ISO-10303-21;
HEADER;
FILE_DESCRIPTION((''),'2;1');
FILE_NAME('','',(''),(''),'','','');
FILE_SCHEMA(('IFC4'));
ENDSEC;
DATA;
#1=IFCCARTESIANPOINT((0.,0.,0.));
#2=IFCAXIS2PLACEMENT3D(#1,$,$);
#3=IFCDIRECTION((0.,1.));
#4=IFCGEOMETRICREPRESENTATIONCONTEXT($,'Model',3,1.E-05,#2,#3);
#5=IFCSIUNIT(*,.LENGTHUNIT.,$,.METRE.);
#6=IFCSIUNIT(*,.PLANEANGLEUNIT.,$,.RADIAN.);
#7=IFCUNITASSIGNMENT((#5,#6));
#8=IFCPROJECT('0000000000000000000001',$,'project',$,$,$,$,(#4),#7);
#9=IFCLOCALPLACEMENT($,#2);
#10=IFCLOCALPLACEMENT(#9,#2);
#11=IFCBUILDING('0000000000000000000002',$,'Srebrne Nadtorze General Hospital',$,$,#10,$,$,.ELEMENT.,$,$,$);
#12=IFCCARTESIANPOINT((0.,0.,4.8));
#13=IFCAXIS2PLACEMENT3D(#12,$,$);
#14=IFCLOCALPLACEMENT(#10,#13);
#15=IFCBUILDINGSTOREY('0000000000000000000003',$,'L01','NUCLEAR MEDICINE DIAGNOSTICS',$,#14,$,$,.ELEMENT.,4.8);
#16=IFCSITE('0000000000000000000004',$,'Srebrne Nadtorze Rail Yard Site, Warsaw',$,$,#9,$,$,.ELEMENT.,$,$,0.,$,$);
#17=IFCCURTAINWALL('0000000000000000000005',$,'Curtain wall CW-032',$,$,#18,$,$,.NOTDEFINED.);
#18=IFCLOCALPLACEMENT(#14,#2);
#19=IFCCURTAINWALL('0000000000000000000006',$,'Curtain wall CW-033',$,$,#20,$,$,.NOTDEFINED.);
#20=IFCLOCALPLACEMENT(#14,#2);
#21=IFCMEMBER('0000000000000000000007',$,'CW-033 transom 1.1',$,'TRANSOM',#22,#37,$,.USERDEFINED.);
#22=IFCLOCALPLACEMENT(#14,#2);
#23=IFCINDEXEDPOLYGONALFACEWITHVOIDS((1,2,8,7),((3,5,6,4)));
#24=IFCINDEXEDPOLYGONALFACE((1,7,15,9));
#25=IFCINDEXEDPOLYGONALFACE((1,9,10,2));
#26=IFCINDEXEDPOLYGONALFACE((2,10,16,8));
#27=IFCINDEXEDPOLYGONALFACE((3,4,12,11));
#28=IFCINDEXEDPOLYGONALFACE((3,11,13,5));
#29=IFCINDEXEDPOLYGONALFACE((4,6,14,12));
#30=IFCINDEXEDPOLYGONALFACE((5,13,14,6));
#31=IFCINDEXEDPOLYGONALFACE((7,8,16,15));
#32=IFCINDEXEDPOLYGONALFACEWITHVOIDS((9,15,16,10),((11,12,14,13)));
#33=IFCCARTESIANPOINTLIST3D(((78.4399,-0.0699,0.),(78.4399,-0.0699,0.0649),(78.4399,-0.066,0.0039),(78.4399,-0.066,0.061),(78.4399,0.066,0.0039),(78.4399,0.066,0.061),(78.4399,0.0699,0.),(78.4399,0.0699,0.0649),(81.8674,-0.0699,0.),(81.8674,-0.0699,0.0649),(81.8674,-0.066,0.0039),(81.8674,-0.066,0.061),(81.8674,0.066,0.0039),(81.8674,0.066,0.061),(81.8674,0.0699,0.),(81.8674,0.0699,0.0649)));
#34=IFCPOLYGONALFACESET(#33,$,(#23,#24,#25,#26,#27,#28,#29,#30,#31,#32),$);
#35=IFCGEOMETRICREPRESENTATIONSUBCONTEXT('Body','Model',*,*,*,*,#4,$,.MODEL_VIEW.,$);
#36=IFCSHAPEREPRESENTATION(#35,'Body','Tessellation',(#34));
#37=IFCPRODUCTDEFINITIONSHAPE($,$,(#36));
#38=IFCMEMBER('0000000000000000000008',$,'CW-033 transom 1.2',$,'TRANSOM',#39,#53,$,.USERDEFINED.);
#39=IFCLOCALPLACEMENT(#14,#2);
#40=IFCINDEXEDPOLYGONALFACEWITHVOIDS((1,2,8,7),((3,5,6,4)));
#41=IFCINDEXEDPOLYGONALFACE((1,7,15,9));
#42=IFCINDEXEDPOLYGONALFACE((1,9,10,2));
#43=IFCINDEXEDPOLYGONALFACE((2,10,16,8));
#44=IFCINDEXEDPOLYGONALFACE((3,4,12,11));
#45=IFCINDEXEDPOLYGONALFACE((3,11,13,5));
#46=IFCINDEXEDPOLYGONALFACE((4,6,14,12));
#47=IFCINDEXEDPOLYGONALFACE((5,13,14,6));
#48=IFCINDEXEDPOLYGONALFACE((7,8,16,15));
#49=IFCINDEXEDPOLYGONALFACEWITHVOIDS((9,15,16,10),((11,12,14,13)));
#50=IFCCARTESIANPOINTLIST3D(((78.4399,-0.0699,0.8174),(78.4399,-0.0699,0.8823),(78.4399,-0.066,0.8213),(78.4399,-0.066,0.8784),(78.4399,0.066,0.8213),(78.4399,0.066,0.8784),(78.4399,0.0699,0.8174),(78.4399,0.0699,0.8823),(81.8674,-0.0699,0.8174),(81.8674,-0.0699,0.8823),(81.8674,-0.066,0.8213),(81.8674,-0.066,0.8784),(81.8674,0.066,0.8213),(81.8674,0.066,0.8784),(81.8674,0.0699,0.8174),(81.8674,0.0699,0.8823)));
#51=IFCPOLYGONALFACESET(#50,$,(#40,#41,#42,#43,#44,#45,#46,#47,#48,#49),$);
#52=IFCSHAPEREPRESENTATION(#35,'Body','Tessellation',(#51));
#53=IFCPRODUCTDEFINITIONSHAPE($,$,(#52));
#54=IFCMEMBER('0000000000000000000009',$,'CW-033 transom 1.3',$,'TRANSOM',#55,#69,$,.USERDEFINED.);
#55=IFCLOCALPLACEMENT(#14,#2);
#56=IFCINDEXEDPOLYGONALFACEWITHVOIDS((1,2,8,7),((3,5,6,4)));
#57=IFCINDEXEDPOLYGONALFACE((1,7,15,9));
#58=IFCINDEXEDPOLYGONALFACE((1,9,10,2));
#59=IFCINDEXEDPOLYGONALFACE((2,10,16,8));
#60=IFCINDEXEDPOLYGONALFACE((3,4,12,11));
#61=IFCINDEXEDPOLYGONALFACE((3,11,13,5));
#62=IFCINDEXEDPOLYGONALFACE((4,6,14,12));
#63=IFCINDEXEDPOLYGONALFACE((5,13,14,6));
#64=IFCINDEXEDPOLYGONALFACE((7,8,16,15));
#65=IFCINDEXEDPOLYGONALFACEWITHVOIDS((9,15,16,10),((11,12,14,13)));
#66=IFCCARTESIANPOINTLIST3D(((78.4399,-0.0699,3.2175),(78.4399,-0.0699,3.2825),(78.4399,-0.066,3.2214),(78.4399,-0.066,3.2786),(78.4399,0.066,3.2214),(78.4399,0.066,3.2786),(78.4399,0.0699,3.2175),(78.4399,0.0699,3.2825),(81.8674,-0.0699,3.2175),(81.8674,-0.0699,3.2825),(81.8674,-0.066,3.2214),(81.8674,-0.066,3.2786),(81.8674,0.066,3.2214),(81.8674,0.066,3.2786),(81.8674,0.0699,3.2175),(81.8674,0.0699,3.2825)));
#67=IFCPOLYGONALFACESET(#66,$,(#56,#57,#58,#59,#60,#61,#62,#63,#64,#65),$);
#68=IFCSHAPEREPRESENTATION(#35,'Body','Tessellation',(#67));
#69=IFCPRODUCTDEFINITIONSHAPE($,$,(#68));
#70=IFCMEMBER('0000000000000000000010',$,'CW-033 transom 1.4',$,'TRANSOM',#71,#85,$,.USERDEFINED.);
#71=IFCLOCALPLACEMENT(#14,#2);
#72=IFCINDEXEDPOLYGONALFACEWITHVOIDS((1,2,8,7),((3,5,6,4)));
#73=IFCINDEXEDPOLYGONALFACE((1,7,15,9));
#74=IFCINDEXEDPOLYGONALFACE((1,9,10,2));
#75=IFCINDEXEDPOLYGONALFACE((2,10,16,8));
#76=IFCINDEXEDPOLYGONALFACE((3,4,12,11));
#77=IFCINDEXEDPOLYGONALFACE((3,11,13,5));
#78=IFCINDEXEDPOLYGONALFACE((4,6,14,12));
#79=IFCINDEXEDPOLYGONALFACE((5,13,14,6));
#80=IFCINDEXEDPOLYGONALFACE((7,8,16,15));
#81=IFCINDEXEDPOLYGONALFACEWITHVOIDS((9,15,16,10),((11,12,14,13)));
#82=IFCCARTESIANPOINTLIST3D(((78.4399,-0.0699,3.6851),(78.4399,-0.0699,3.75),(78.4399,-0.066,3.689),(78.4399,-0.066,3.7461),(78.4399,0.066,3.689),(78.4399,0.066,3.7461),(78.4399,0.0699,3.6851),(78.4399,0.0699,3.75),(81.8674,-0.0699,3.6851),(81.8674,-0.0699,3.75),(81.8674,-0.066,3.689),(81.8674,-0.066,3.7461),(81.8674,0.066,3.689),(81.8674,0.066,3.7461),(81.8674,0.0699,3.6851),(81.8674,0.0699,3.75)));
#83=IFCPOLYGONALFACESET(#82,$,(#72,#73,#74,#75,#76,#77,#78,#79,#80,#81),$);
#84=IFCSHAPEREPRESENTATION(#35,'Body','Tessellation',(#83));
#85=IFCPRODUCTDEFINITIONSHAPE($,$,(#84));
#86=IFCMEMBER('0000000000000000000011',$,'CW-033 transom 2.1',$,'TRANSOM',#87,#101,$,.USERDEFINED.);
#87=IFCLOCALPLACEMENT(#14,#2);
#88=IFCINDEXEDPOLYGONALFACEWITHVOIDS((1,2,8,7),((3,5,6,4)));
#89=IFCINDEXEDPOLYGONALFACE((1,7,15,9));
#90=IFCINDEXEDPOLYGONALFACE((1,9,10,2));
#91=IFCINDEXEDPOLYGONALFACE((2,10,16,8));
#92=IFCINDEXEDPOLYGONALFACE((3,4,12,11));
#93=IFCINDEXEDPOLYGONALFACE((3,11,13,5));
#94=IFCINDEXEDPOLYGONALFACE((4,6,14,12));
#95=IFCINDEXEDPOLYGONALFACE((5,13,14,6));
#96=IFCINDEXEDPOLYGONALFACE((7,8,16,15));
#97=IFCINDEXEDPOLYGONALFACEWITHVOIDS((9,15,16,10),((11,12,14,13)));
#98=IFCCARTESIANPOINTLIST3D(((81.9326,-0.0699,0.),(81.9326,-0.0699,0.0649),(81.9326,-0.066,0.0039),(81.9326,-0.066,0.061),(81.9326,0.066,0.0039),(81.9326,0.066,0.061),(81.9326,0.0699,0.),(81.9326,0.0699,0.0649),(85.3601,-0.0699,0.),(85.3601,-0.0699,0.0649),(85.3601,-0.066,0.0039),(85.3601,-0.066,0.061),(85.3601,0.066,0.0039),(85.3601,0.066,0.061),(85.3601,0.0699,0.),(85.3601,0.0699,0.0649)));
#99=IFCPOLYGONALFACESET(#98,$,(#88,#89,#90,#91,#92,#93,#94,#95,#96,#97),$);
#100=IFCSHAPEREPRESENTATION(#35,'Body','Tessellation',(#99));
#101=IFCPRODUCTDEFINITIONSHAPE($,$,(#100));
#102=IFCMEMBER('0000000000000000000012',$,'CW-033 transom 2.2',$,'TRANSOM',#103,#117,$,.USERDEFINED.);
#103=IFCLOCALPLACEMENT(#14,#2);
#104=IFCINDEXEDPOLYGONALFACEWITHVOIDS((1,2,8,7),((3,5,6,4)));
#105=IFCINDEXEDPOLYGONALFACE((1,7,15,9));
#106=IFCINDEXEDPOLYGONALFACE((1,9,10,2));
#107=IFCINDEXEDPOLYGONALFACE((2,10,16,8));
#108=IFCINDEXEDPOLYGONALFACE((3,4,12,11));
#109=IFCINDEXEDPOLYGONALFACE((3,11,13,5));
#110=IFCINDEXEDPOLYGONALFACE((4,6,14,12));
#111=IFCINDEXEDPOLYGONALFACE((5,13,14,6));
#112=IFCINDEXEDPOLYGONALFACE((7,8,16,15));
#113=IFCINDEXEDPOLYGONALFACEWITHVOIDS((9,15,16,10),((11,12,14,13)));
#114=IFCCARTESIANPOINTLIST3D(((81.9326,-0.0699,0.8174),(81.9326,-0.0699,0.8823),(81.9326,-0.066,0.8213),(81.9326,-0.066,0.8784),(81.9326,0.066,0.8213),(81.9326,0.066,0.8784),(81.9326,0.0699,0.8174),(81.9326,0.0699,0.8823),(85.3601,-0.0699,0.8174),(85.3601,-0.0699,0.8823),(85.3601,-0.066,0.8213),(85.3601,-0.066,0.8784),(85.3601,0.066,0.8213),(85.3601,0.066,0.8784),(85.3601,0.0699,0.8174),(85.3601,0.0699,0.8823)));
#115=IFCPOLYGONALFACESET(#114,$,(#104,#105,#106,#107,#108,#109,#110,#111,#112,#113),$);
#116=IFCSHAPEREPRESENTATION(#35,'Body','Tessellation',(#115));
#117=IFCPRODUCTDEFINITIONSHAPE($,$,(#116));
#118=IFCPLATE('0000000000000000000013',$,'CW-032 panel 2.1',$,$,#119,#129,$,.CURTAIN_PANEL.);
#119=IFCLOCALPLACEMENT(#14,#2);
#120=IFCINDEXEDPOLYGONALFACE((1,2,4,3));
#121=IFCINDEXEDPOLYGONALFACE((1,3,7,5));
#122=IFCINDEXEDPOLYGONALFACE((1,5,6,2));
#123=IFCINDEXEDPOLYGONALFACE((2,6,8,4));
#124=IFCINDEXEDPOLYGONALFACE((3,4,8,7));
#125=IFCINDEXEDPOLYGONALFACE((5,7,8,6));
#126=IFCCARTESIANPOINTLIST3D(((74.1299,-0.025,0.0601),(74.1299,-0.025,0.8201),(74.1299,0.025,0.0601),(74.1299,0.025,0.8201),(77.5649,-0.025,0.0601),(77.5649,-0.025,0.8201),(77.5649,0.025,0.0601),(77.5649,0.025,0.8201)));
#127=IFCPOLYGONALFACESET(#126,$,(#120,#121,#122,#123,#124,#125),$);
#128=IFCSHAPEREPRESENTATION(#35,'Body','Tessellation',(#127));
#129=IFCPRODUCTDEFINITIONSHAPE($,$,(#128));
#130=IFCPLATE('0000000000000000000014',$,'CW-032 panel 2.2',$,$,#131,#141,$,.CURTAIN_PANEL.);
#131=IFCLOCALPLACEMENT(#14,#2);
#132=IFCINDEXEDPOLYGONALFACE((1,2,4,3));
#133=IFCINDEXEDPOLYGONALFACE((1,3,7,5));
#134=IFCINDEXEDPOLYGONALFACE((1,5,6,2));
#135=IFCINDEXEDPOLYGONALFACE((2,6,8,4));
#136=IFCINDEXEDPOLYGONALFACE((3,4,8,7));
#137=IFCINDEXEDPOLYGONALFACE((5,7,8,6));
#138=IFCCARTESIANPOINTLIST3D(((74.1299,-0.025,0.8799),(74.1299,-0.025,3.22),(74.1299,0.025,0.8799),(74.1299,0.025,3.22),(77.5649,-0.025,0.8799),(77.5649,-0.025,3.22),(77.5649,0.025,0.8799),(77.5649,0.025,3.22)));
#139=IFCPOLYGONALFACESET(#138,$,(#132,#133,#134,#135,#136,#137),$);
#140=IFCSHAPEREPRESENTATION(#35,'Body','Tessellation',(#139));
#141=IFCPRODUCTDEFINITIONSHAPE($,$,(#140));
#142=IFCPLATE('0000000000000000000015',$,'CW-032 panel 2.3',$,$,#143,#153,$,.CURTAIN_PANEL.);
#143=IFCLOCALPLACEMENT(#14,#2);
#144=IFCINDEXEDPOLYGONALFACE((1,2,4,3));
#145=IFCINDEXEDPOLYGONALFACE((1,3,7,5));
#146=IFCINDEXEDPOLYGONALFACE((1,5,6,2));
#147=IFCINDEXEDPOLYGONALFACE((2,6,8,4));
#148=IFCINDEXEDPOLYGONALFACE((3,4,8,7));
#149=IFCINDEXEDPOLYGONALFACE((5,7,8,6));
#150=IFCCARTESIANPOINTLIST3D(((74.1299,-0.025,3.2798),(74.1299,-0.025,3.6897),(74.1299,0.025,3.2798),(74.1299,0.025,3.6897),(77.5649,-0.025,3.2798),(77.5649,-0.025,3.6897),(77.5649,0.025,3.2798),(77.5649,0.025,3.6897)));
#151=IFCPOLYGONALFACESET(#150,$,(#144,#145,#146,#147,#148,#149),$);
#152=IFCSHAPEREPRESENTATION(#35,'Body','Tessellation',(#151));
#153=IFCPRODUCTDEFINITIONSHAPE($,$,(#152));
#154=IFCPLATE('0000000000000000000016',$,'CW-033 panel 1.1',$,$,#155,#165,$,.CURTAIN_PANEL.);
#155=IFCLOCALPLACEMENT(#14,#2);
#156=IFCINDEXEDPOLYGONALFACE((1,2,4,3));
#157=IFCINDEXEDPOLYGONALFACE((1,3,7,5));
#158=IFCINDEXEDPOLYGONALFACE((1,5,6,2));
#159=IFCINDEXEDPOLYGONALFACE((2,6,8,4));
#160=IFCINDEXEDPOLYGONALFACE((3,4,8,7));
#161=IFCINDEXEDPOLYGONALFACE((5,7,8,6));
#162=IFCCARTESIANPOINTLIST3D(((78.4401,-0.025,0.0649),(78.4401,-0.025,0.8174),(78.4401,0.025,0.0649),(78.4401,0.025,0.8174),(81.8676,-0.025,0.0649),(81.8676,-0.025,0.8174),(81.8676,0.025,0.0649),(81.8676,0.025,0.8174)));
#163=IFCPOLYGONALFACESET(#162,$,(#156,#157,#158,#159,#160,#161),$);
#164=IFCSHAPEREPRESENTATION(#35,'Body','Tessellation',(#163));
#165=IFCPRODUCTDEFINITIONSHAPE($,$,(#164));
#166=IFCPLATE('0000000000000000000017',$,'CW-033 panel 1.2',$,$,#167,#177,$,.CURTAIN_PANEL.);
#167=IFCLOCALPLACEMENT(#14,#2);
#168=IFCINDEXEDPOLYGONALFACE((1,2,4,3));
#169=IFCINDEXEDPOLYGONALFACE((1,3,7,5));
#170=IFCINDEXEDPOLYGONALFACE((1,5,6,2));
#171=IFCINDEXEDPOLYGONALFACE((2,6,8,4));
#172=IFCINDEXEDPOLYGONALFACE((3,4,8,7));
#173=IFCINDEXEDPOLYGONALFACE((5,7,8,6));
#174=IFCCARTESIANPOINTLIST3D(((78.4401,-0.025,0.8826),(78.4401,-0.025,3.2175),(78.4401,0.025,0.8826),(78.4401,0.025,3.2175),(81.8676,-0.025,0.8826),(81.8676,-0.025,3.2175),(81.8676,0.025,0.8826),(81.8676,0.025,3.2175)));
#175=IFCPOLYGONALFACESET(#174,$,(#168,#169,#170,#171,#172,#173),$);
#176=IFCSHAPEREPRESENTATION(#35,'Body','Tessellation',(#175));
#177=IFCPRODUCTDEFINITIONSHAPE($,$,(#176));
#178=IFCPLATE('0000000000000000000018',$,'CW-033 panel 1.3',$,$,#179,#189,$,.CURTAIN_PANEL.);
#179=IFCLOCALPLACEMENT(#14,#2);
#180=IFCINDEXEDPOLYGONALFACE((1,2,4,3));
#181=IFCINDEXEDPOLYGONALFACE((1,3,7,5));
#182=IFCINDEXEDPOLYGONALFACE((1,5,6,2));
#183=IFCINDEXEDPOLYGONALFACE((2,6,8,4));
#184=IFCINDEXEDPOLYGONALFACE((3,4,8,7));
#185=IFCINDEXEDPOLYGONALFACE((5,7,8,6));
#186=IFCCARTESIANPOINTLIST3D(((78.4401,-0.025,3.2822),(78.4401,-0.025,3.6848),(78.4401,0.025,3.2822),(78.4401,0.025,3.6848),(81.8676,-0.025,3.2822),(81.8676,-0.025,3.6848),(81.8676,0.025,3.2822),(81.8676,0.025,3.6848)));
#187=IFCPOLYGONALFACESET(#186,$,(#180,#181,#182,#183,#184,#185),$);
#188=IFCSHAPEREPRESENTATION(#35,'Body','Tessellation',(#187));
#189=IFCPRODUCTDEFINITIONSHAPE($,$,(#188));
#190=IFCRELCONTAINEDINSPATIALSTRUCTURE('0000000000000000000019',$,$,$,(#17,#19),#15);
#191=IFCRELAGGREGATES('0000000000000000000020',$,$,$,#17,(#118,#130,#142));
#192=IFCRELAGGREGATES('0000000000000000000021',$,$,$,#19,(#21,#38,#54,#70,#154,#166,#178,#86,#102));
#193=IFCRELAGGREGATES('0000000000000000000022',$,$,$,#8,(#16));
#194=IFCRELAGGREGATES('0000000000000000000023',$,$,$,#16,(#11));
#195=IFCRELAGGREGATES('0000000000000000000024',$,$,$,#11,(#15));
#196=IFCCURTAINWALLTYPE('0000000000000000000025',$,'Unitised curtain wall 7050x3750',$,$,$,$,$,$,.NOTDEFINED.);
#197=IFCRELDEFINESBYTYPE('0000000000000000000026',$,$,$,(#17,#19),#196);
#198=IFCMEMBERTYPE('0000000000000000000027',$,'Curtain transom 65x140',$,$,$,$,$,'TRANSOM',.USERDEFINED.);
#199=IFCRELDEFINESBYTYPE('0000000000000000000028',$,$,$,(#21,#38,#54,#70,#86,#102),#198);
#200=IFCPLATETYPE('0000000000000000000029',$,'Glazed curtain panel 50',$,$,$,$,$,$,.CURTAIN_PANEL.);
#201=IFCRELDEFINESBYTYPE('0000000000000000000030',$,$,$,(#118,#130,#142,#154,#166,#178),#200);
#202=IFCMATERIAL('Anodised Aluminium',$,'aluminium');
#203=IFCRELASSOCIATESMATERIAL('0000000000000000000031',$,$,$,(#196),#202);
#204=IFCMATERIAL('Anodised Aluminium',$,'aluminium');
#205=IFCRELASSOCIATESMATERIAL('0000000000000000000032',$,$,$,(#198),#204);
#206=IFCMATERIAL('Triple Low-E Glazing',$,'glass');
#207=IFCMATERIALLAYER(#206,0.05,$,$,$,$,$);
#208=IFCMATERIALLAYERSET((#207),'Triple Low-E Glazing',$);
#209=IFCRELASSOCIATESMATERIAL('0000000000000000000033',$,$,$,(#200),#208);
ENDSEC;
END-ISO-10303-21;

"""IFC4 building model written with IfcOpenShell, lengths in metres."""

from ifc_helpers import new_model, si_unit, direction, frame, origin, origin_2d, place, context, subcontext, project, spatial, rectangle, hollow_rectangle, extrude, material, layer, layer_set, material_profile, profile_set, type_object, element, aggregate, save


model = new_model("IFC4")

# Units and contexts
model_context = context("Model", 3, precision=1e-05, world=origin(), true_north=direction((0.0, 1.0)))
body_context = subcontext(model_context, "Body", "Model", "MODEL_VIEW")
ifc_project = project(units=[si_unit("LENGTHUNIT", "METRE"), si_unit("PLANEANGLEUNIT", "RADIAN")], contexts=[model_context])

# Site, building, storey
site_placement = place(None, origin())
site = spatial("IfcSite", under=ifc_project, at=site_placement, Name="Srebrne Nadtorze Rail Yard Site, Warsaw", CompositionType="ELEMENT", RefElevation=0.0)
building_placement = place(site_placement, origin())
building = spatial("IfcBuilding", under=site, at=building_placement, Name="Srebrne Nadtorze General Hospital", CompositionType="ELEMENT")
storey_placement = place(building_placement, frame((0.0, 0.0, 4.8)))
storey = spatial("IfcBuildingStorey", under=building, at=storey_placement, Name="L01", Description="NUCLEAR MEDICINE DIAGNOSTICS", CompositionType="ELEMENT", Elevation=4.8)

# Curtain wall
ifc_material_1 = material(Name="Anodised Aluminium", Category="aluminium")
curtain_wall_type = type_object("IfcCurtainWallType", Name="Unitised curtain wall 7050x3750", PredefinedType="NOTDEFINED", material=ifc_material_1)
curtain_wall_1_placement = place(storey_placement, origin())
curtain_wall_1 = element("IfcCurtainWall", 1, at=curtain_wall_1_placement, inside=storey, type_object=curtain_wall_type, Name="Curtain wall CW-032", PredefinedType="NOTDEFINED")

# Curtain wall
curtain_wall_2_placement = place(storey_placement, origin())
curtain_wall_2 = element("IfcCurtainWall", 2, at=curtain_wall_2_placement, inside=storey, type_object=curtain_wall_type, Name="Curtain wall CW-033", PredefinedType="NOTDEFINED")

# Members
ifc_material_2 = material(Name="Anodised Aluminium", Category="aluminium")
ifc_material_profile_1 = material_profile(ifc_material_2, hollow_rectangle(XDim=0.0649, YDim=0.1399, WallThickness=0.0039, at=origin_2d()), Name="AL-TRN-65x140")
ifc_profile_set_1 = profile_set([ifc_material_profile_1], Name="Anodised Aluminium")
member_type_1 = type_object("IfcMemberType", Name="Curtain transom 65x140", ElementType="TRANSOM", PredefinedType="USERDEFINED", material=ifc_profile_set_1)
member_1_placement = place(storey_placement, frame((78.4399, 0.0, 0.0325), z_axis=(1.0, 0.0, 0.0), x_axis=(0.0, 0.0, 1.0)))
member_1 = element("IfcMember", 3, at=member_1_placement, type_object=member_type_1, Name="CW-033 transom 1.1", ObjectType="TRANSOM", PredefinedType="USERDEFINED", context=body_context, shape_type="SweptSolid", body=[
    extrude(hollow_rectangle(XDim=0.0649, YDim=0.1399, WallThickness=0.0039, at=origin_2d()), origin(), (0.0, 0.0, 1.0), 3.4275),
])
member_2_placement = place(storey_placement, frame((78.4399, 0.0, 0.8499), z_axis=(1.0, 0.0, 0.0), x_axis=(0.0, 0.0, 1.0)))
member_2 = element("IfcMember", 4, at=member_2_placement, type_object=member_type_1, Name="CW-033 transom 1.2", ObjectType="TRANSOM", PredefinedType="USERDEFINED", context=body_context, shape_type="SweptSolid", body=[
    extrude(hollow_rectangle(XDim=0.0649, YDim=0.1399, WallThickness=0.0039, at=origin_2d()), origin(), (0.0, 0.0, 1.0), 3.4275),
])
member_3_placement = place(storey_placement, frame((78.4399, 0.0, 3.25), z_axis=(1.0, 0.0, 0.0), x_axis=(0.0, 0.0, 1.0)))
member_3 = element("IfcMember", 5, at=member_3_placement, type_object=member_type_1, Name="CW-033 transom 1.3", ObjectType="TRANSOM", PredefinedType="USERDEFINED", context=body_context, shape_type="SweptSolid", body=[
    extrude(hollow_rectangle(XDim=0.0649, YDim=0.1399, WallThickness=0.0039, at=origin_2d()), origin(), (0.0, 0.0, 1.0), 3.4275),
])
member_4_placement = place(storey_placement, frame((78.4399, 0.0, 3.7175), z_axis=(1.0, 0.0, 0.0), x_axis=(0.0, 0.0, 1.0)))
member_4 = element("IfcMember", 6, at=member_4_placement, type_object=member_type_1, Name="CW-033 transom 1.4", ObjectType="TRANSOM", PredefinedType="USERDEFINED", context=body_context, shape_type="SweptSolid", body=[
    extrude(hollow_rectangle(XDim=0.0649, YDim=0.1399, WallThickness=0.0039, at=origin_2d()), origin(), (0.0, 0.0, 1.0), 3.4275),
])
member_5_placement = place(storey_placement, frame((81.9326, 0.0, 0.0325), z_axis=(1.0, 0.0, 0.0), x_axis=(0.0, 0.0, 1.0)))
member_5 = element("IfcMember", 7, at=member_5_placement, type_object=member_type_1, Name="CW-033 transom 2.1", ObjectType="TRANSOM", PredefinedType="USERDEFINED", context=body_context, shape_type="SweptSolid", body=[
    extrude(hollow_rectangle(XDim=0.0649, YDim=0.1399, WallThickness=0.0039, at=origin_2d()), origin(), (0.0, 0.0, 1.0), 3.4275),
])
member_6_placement = place(storey_placement, frame((81.9326, 0.0, 0.8499), z_axis=(1.0, 0.0, 0.0), x_axis=(0.0, 0.0, 1.0)))
member_6 = element("IfcMember", 8, at=member_6_placement, type_object=member_type_1, Name="CW-033 transom 2.2", ObjectType="TRANSOM", PredefinedType="USERDEFINED", context=body_context, shape_type="SweptSolid", body=[
    extrude(hollow_rectangle(XDim=0.0649, YDim=0.1399, WallThickness=0.0039, at=origin_2d()), origin(), (0.0, 0.0, 1.0), 3.4275),
])

# Plates
ifc_material_3 = material(Name="Triple Low-E Glazing", Category="glass")
ifc_layer_1 = layer(ifc_material_3, 0.05)
ifc_layer_set_1 = layer_set([ifc_layer_1], Name="Triple Low-E Glazing")
plate_type = type_object("IfcPlateType", Name="Glazed curtain panel 50", PredefinedType="CURTAIN_PANEL", material=ifc_layer_set_1)
plate_1_placement = place(storey_placement, frame((75.8474, 0.0, 0.0601), z_axis=(0.0, 0.0, 1.0), x_axis=(1.0, 0.0, 0.0)))
plate_1 = element("IfcPlate", 9, at=plate_1_placement, type_object=plate_type, Name="CW-032 panel 2.1", PredefinedType="CURTAIN_PANEL", context=body_context, shape_type="SweptSolid", body=[
    extrude(rectangle(XDim=3.4351, YDim=0.05, at=origin_2d()), origin(), (0.0, 0.0, 1.0), 0.76),
])
plate_2_placement = place(storey_placement, frame((75.8474, 0.0, 0.8799), z_axis=(0.0, 0.0, 1.0), x_axis=(1.0, 0.0, 0.0)))
plate_2 = element("IfcPlate", 10, at=plate_2_placement, type_object=plate_type, Name="CW-032 panel 2.2", PredefinedType="CURTAIN_PANEL", context=body_context, shape_type="SweptSolid", body=[
    extrude(rectangle(XDim=3.4351, YDim=0.05, at=origin_2d()), origin(), (0.0, 0.0, 1.0), 2.3401),
])
plate_3_placement = place(storey_placement, frame((75.8474, 0.0, 3.2798), z_axis=(0.0, 0.0, 1.0), x_axis=(1.0, 0.0, 0.0)))
plate_3 = element("IfcPlate", 11, at=plate_3_placement, type_object=plate_type, Name="CW-032 panel 2.3", PredefinedType="CURTAIN_PANEL", context=body_context, shape_type="SweptSolid", body=[
    extrude(rectangle(XDim=3.4351, YDim=0.05, at=origin_2d()), origin(), (0.0, 0.0, 1.0), 0.4099),
])
aggregate(curtain_wall_1, [plate_1, plate_2, plate_3])
plate_4_placement = place(storey_placement, frame((80.1538, 0.0, 0.0649), z_axis=(0.0, 0.0, 1.0), x_axis=(1.0, 0.0, 0.0)))
plate_4 = element("IfcPlate", 12, at=plate_4_placement, type_object=plate_type, Name="CW-033 panel 1.1", PredefinedType="CURTAIN_PANEL", context=body_context, shape_type="SweptSolid", body=[
    extrude(rectangle(XDim=3.4275, YDim=0.05, at=origin_2d()), origin(), (0.0, 0.0, 1.0), 0.7524),
])
plate_5_placement = place(storey_placement, frame((80.1538, 0.0, 0.8826), z_axis=(0.0, 0.0, 1.0), x_axis=(1.0, 0.0, 0.0)))
plate_5 = element("IfcPlate", 13, at=plate_5_placement, type_object=plate_type, Name="CW-033 panel 1.2", PredefinedType="CURTAIN_PANEL", context=body_context, shape_type="SweptSolid", body=[
    extrude(rectangle(XDim=3.4275, YDim=0.05, at=origin_2d()), origin(), (0.0, 0.0, 1.0), 2.335),
])
plate_6_placement = place(storey_placement, frame((80.1538, 0.0, 3.2822), z_axis=(0.0, 0.0, 1.0), x_axis=(1.0, 0.0, 0.0)))
plate_6 = element("IfcPlate", 14, at=plate_6_placement, type_object=plate_type, Name="CW-033 panel 1.3", PredefinedType="CURTAIN_PANEL", context=body_context, shape_type="SweptSolid", body=[
    extrude(rectangle(XDim=3.4275, YDim=0.05, at=origin_2d()), origin(), (0.0, 0.0, 1.0), 0.4026),
])
aggregate(curtain_wall_2, [member_1, member_2, member_3, member_4, plate_4, plate_5, plate_6, member_5, member_6])

save(model, "model.ifc")
